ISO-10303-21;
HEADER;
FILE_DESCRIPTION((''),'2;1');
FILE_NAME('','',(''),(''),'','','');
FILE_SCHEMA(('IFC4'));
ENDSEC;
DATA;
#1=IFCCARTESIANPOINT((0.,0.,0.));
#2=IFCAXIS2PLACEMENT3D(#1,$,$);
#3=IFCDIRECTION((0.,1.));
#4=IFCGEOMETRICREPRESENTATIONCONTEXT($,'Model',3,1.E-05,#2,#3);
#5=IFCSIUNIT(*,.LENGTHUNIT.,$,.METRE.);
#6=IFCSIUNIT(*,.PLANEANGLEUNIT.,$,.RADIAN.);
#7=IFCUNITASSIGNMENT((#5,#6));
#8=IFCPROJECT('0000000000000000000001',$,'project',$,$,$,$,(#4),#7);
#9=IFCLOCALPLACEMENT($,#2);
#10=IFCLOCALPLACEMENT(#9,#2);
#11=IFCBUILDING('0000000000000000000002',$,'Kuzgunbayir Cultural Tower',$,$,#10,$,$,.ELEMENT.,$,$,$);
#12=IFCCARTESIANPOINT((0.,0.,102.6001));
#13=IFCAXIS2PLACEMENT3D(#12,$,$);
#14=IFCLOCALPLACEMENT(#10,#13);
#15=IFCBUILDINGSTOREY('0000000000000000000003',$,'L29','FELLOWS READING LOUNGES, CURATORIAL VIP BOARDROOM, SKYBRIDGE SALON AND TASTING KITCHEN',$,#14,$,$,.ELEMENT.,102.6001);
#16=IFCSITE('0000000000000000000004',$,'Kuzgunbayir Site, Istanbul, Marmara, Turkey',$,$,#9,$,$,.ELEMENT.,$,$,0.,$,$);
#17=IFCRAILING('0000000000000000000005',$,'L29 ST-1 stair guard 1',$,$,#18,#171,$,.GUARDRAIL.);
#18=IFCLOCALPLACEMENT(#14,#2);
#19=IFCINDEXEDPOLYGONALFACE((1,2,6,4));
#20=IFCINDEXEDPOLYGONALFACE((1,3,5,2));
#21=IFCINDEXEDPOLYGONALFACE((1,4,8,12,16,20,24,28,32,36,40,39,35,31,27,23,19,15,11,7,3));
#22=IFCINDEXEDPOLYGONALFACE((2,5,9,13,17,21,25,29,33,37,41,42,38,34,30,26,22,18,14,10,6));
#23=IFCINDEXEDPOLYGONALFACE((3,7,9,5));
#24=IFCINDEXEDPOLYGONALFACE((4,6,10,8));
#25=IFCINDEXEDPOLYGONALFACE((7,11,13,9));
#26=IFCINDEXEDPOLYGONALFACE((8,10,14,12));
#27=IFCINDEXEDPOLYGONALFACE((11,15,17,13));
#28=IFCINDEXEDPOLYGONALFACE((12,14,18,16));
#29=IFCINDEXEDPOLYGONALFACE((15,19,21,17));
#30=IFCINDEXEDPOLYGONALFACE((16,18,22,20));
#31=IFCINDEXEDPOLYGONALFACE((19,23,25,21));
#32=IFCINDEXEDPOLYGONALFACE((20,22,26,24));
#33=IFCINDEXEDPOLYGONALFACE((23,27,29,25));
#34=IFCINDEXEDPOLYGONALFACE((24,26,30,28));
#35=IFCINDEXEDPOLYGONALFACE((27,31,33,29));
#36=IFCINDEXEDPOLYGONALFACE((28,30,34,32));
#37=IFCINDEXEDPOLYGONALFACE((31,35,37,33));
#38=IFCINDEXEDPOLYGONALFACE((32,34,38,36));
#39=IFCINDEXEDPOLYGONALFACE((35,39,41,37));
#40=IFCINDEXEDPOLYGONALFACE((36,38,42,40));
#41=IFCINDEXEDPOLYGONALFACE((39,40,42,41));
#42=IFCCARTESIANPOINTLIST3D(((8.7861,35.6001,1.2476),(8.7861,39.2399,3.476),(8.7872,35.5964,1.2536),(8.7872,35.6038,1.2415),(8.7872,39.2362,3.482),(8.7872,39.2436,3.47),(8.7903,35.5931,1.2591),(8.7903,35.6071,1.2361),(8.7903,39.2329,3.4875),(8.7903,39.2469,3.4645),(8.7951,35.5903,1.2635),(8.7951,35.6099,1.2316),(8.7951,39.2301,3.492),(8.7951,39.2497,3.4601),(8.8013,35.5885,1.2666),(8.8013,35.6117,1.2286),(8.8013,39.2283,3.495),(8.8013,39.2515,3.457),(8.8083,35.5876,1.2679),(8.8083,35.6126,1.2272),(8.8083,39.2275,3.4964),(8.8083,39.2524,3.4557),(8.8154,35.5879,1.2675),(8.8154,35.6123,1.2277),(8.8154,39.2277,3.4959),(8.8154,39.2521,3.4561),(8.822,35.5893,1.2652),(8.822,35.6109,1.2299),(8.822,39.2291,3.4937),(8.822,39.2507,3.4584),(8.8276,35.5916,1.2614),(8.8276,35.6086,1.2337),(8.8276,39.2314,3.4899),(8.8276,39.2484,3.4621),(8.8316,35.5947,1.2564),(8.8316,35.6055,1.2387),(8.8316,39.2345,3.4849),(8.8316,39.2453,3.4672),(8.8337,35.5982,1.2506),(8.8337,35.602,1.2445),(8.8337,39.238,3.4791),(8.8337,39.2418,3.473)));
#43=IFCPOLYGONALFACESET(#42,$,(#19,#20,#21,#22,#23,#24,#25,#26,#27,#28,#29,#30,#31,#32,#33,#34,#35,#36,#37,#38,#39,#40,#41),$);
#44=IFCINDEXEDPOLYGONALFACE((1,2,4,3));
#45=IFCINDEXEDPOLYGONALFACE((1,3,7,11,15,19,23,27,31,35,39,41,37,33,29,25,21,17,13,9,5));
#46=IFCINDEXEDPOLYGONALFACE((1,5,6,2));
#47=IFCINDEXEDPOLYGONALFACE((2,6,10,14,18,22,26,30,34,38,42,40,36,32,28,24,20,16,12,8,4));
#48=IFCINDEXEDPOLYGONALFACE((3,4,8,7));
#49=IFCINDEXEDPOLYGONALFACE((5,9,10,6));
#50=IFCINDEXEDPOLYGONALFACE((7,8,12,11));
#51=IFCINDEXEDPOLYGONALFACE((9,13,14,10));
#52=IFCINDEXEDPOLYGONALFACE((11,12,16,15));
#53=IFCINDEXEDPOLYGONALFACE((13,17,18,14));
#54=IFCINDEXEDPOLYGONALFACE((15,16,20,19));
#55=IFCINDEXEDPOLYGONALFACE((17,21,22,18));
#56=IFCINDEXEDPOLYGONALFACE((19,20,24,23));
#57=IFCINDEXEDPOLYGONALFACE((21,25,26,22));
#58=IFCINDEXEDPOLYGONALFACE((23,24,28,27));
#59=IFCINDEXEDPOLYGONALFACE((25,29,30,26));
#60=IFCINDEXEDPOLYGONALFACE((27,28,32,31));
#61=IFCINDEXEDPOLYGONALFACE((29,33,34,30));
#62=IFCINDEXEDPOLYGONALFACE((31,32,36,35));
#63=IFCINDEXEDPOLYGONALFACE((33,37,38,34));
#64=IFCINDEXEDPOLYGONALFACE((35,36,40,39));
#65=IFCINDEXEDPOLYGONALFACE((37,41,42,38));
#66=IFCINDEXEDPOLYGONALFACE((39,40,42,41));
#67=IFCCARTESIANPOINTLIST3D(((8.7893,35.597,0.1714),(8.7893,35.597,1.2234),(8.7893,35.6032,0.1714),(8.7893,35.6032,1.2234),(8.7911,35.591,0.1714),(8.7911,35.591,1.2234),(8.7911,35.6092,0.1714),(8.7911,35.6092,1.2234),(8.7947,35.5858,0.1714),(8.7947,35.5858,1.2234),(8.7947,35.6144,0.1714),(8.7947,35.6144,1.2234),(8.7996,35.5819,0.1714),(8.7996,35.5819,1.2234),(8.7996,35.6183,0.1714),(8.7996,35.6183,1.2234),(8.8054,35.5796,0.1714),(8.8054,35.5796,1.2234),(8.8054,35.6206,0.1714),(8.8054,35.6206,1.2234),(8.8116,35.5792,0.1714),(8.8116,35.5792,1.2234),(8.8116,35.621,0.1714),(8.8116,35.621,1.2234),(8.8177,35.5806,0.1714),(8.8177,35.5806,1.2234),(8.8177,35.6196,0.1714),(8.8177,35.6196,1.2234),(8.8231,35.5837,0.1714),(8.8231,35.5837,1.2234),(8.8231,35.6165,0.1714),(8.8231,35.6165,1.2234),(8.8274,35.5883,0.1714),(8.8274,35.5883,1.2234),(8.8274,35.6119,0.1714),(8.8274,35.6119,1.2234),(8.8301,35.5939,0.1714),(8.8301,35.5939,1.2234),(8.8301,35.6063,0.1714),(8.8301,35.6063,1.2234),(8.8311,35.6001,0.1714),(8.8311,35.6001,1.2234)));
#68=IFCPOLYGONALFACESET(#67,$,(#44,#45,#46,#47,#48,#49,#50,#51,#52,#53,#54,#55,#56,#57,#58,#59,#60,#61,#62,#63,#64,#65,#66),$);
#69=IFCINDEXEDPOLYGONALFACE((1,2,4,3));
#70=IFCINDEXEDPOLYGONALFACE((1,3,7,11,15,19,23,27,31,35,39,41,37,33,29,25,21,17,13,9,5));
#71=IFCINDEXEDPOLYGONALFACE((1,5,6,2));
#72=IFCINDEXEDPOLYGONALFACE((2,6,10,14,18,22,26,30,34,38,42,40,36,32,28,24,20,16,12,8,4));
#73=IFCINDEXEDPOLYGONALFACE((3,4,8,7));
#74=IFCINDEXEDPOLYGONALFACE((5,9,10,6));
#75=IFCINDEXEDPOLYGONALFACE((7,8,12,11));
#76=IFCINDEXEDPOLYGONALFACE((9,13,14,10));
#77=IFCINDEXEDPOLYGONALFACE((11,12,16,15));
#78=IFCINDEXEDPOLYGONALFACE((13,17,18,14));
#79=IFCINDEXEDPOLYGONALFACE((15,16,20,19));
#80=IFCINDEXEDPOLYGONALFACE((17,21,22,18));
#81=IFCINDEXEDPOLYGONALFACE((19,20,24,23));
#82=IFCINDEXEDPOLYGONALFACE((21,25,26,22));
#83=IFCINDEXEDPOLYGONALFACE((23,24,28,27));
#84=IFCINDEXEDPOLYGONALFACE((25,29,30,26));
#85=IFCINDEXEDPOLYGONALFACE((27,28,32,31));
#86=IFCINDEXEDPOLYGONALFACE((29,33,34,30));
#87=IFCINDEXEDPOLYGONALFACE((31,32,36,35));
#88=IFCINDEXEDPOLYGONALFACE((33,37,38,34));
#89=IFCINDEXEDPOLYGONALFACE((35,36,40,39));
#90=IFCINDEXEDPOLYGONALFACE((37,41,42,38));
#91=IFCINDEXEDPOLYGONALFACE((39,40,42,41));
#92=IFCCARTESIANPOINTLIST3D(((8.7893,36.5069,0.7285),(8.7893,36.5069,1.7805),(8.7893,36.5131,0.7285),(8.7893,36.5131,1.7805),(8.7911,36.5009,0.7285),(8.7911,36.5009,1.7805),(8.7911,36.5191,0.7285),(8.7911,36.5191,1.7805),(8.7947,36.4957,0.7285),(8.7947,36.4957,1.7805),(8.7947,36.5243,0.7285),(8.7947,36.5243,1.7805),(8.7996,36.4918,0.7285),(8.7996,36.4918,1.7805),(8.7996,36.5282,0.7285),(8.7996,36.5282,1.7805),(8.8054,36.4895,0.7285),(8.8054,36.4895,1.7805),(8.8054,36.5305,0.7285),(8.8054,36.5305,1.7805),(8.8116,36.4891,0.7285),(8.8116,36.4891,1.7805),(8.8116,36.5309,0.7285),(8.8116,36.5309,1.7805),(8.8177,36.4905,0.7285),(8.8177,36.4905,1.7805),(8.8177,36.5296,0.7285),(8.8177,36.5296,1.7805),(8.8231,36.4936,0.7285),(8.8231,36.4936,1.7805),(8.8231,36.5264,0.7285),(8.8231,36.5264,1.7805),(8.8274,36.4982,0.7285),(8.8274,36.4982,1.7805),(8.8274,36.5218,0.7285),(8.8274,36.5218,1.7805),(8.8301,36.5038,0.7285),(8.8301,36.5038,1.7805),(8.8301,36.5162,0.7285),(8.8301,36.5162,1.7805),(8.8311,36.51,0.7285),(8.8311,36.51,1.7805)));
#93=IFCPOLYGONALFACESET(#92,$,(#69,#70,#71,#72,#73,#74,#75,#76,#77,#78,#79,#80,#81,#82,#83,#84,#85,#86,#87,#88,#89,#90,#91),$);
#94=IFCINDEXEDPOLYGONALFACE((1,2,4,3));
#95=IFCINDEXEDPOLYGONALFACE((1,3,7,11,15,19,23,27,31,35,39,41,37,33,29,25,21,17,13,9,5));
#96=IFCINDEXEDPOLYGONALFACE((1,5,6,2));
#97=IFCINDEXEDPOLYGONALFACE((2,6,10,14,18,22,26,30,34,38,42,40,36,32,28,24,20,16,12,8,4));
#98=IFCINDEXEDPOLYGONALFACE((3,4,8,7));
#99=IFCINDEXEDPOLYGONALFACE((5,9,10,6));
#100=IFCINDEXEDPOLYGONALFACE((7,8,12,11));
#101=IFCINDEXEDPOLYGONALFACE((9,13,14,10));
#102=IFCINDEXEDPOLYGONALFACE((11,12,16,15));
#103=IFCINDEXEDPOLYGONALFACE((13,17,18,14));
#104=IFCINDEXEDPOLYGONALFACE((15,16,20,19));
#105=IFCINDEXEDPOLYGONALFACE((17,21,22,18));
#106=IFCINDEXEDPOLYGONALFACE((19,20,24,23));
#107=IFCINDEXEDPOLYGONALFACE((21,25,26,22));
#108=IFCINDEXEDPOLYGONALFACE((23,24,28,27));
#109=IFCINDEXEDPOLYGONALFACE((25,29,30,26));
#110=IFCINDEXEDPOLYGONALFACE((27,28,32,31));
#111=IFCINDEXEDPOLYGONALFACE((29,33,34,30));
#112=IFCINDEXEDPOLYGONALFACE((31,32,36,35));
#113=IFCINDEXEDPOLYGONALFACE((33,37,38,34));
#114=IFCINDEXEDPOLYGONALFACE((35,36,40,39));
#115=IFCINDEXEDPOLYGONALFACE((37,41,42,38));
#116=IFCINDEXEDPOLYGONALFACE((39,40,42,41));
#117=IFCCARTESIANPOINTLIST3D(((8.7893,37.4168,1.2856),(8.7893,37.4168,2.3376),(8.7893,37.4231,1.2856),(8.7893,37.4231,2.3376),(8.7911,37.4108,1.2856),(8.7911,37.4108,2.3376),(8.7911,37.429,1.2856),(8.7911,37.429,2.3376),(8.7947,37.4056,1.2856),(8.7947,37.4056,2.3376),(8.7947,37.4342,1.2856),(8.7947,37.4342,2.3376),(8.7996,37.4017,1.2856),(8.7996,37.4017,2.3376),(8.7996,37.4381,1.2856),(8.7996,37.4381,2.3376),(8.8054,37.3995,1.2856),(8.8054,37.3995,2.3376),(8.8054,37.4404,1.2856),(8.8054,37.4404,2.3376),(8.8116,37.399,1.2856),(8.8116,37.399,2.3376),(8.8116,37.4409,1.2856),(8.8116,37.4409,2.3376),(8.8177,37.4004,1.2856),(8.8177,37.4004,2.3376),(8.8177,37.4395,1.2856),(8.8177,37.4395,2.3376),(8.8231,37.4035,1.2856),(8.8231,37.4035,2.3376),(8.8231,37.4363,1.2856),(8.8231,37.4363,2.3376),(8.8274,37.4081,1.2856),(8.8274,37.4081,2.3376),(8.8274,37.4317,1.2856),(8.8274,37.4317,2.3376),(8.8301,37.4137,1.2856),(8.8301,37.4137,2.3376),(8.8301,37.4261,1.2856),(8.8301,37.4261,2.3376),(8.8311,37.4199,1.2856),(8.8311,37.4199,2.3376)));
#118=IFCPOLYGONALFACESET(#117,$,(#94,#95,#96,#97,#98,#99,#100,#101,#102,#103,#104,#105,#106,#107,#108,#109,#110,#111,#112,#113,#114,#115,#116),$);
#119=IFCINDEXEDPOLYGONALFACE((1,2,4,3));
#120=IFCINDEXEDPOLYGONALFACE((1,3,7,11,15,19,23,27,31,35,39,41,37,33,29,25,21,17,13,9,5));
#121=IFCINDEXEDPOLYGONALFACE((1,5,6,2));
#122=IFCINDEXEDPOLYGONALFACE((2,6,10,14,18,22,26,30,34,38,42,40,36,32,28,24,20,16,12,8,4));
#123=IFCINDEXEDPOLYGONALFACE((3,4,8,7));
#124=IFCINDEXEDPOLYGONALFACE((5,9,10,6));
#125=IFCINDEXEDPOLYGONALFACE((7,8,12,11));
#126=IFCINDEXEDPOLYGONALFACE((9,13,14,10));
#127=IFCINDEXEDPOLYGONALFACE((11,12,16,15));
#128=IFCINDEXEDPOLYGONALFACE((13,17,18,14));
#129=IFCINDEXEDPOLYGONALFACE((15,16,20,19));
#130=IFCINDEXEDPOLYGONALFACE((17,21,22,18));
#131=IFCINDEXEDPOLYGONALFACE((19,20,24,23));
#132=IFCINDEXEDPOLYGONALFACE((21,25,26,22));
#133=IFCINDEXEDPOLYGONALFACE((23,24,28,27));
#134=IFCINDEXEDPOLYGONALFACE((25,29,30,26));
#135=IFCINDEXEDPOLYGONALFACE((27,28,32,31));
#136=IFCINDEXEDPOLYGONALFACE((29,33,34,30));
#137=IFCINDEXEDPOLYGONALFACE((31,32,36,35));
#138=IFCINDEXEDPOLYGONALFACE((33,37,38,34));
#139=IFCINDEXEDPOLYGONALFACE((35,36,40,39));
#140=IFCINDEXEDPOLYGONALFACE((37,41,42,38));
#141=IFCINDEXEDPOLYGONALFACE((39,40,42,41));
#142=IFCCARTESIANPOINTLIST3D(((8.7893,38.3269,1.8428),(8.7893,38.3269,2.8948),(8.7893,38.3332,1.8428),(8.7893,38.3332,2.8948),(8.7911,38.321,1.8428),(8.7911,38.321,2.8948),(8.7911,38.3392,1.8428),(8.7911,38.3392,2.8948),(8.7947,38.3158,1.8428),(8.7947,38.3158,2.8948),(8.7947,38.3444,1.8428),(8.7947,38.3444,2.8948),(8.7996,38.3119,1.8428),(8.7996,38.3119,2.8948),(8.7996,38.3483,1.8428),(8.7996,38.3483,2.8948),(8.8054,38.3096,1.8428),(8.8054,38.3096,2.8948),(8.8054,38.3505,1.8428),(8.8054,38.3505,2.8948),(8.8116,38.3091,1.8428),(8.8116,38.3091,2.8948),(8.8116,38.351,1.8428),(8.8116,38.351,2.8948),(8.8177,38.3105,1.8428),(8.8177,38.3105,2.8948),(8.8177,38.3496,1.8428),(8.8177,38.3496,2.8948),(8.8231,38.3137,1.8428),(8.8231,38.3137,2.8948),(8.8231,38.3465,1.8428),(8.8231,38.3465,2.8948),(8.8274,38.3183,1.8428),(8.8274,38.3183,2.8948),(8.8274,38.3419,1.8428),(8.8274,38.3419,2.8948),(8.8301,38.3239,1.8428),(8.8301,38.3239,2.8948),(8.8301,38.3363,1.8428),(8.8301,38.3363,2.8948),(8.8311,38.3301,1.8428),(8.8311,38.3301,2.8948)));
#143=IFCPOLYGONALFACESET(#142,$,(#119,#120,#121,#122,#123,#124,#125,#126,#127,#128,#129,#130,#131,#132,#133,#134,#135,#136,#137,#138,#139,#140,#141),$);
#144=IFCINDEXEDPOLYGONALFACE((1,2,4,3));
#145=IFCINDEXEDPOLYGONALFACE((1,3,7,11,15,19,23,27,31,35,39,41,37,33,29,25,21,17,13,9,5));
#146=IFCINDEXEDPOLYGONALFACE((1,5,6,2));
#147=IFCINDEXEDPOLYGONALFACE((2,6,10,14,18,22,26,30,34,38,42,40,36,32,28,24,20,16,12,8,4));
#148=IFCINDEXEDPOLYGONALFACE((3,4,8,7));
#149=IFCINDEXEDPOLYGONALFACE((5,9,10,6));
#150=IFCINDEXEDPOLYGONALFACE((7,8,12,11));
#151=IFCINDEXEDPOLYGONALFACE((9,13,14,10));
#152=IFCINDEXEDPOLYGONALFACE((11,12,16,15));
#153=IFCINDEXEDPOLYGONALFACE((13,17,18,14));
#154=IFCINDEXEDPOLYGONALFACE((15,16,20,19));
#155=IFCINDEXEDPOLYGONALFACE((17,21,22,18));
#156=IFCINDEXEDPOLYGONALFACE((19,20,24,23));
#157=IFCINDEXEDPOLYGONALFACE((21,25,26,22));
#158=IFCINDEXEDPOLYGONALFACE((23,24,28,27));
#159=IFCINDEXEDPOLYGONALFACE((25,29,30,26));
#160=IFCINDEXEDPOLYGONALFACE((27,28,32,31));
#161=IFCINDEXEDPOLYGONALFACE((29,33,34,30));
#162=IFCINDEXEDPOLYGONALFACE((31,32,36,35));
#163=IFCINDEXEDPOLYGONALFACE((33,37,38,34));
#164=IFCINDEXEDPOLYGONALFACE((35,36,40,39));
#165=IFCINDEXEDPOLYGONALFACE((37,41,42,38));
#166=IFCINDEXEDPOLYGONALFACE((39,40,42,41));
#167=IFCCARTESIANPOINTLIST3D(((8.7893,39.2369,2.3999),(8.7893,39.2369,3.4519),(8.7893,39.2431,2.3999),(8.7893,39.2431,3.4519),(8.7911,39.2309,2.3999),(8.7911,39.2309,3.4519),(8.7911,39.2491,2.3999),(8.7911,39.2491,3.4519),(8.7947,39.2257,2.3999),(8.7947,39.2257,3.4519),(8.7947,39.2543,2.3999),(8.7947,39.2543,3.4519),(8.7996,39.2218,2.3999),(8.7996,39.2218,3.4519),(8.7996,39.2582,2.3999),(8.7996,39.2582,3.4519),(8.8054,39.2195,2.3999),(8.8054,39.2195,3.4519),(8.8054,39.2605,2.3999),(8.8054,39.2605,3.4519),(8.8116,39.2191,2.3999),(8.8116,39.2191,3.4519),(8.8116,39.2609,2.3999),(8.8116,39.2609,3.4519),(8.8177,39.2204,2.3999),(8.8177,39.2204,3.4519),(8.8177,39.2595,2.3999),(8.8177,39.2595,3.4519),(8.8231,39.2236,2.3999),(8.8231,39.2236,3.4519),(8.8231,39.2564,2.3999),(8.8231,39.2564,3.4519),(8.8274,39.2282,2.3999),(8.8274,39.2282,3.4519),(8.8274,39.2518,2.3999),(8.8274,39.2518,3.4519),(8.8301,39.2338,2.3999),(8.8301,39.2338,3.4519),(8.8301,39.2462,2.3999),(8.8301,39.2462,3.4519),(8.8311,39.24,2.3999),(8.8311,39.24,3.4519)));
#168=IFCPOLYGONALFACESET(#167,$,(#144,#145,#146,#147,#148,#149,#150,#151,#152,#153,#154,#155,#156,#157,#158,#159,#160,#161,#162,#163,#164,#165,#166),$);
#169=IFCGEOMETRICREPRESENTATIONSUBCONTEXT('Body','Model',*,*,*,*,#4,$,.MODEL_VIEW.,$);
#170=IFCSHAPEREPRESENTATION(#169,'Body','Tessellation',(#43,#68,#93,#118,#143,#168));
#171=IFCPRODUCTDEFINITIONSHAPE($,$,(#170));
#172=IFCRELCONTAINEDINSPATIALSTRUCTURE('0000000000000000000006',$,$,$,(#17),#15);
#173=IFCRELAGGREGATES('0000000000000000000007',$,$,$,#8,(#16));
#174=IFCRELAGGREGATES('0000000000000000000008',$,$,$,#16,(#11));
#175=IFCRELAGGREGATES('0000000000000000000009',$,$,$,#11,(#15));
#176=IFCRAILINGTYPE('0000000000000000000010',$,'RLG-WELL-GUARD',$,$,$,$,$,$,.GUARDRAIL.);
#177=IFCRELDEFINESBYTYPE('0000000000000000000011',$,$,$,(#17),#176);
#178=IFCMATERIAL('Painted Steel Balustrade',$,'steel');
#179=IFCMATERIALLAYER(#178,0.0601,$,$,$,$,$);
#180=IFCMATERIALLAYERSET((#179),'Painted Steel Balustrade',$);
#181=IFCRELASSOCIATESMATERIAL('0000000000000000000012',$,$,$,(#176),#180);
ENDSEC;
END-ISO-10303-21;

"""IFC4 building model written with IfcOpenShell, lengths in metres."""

from ifc_helpers import new_model, si_unit, direction, frame, origin, origin_2d, place, context, subcontext, project, spatial, circle, extrude, material, layer, layer_set, type_object, element, save


model = new_model("IFC4")

# Units and contexts
model_context = context("Model", 3, precision=1e-05, world=origin(), true_north=direction((0.0, 1.0)))
body_context = subcontext(model_context, "Body", "Model", "MODEL_VIEW")
ifc_project = project(units=[si_unit("LENGTHUNIT", "METRE"), si_unit("PLANEANGLEUNIT", "RADIAN")], contexts=[model_context])

# Site, building, storey
site_placement = place(None, origin())
site = spatial("IfcSite", under=ifc_project, at=site_placement, Name="Kuzgunbayir Site, Istanbul, Marmara, Turkey", CompositionType="ELEMENT", RefElevation=0.0)
building_placement = place(site_placement, origin())
building = spatial("IfcBuilding", under=site, at=building_placement, Name="Kuzgunbayir Cultural Tower", CompositionType="ELEMENT")
storey_placement = place(building_placement, frame((0.0, 0.0, 102.6001)))
storey = spatial("IfcBuildingStorey", under=building, at=storey_placement, Name="L29", Description="FELLOWS READING LOUNGES, CURATORIAL VIP BOARDROOM, SKYBRIDGE SALON AND TASTING KITCHEN", CompositionType="ELEMENT", Elevation=102.6001)

# Railing
ifc_material_1 = material(Name="Painted Steel Balustrade", Category="steel")
ifc_layer_1 = layer(ifc_material_1, 0.0601)
ifc_layer_set_1 = layer_set([ifc_layer_1], Name="Painted Steel Balustrade")
railing_type_1 = type_object("IfcRailingType", Name="RLG-WELL-GUARD", PredefinedType="GUARDRAIL", material=ifc_layer_set_1)
railing_1_placement = place(storey_placement, frame((8.8101, 35.6001, 0.1714)))
element("IfcRailing", 1, at=railing_1_placement, inside=storey, type_object=railing_type_1, Name="L29 ST-1 stair guard 1", PredefinedType="GUARDRAIL", context=body_context, shape_type="SweptSolid", body=[
    extrude(circle(Radius=0.0239, at=origin_2d()), frame((0.0, 0.0, 1.0762), z_axis=(0.0, 0.85285, 0.522156), x_axis=(-1.0, 0.0, 0.0)), (0.0, 0.0, 1.0), 4.2678),
    extrude(circle(Radius=0.021, at=origin_2d()), origin(), (0.0, 0.0, 1.0), 1.052),
    extrude(circle(Radius=0.021, at=origin_2d()), frame((0.0, 0.9099, 0.5571)), (0.0, 0.0, 1.0), 1.052),
    extrude(circle(Radius=0.021, at=origin_2d()), frame((0.0, 1.8198, 1.1143)), (0.0, 0.0, 1.0), 1.052),
    extrude(circle(Radius=0.021, at=origin_2d()), frame((0.0, 2.73, 1.6714)), (0.0, 0.0, 1.0), 1.052),
    extrude(circle(Radius=0.021, at=origin_2d()), frame((0.0, 3.6399, 2.2285)), (0.0, 0.0, 1.0), 1.052),
])

save(model, "model.ifc")
